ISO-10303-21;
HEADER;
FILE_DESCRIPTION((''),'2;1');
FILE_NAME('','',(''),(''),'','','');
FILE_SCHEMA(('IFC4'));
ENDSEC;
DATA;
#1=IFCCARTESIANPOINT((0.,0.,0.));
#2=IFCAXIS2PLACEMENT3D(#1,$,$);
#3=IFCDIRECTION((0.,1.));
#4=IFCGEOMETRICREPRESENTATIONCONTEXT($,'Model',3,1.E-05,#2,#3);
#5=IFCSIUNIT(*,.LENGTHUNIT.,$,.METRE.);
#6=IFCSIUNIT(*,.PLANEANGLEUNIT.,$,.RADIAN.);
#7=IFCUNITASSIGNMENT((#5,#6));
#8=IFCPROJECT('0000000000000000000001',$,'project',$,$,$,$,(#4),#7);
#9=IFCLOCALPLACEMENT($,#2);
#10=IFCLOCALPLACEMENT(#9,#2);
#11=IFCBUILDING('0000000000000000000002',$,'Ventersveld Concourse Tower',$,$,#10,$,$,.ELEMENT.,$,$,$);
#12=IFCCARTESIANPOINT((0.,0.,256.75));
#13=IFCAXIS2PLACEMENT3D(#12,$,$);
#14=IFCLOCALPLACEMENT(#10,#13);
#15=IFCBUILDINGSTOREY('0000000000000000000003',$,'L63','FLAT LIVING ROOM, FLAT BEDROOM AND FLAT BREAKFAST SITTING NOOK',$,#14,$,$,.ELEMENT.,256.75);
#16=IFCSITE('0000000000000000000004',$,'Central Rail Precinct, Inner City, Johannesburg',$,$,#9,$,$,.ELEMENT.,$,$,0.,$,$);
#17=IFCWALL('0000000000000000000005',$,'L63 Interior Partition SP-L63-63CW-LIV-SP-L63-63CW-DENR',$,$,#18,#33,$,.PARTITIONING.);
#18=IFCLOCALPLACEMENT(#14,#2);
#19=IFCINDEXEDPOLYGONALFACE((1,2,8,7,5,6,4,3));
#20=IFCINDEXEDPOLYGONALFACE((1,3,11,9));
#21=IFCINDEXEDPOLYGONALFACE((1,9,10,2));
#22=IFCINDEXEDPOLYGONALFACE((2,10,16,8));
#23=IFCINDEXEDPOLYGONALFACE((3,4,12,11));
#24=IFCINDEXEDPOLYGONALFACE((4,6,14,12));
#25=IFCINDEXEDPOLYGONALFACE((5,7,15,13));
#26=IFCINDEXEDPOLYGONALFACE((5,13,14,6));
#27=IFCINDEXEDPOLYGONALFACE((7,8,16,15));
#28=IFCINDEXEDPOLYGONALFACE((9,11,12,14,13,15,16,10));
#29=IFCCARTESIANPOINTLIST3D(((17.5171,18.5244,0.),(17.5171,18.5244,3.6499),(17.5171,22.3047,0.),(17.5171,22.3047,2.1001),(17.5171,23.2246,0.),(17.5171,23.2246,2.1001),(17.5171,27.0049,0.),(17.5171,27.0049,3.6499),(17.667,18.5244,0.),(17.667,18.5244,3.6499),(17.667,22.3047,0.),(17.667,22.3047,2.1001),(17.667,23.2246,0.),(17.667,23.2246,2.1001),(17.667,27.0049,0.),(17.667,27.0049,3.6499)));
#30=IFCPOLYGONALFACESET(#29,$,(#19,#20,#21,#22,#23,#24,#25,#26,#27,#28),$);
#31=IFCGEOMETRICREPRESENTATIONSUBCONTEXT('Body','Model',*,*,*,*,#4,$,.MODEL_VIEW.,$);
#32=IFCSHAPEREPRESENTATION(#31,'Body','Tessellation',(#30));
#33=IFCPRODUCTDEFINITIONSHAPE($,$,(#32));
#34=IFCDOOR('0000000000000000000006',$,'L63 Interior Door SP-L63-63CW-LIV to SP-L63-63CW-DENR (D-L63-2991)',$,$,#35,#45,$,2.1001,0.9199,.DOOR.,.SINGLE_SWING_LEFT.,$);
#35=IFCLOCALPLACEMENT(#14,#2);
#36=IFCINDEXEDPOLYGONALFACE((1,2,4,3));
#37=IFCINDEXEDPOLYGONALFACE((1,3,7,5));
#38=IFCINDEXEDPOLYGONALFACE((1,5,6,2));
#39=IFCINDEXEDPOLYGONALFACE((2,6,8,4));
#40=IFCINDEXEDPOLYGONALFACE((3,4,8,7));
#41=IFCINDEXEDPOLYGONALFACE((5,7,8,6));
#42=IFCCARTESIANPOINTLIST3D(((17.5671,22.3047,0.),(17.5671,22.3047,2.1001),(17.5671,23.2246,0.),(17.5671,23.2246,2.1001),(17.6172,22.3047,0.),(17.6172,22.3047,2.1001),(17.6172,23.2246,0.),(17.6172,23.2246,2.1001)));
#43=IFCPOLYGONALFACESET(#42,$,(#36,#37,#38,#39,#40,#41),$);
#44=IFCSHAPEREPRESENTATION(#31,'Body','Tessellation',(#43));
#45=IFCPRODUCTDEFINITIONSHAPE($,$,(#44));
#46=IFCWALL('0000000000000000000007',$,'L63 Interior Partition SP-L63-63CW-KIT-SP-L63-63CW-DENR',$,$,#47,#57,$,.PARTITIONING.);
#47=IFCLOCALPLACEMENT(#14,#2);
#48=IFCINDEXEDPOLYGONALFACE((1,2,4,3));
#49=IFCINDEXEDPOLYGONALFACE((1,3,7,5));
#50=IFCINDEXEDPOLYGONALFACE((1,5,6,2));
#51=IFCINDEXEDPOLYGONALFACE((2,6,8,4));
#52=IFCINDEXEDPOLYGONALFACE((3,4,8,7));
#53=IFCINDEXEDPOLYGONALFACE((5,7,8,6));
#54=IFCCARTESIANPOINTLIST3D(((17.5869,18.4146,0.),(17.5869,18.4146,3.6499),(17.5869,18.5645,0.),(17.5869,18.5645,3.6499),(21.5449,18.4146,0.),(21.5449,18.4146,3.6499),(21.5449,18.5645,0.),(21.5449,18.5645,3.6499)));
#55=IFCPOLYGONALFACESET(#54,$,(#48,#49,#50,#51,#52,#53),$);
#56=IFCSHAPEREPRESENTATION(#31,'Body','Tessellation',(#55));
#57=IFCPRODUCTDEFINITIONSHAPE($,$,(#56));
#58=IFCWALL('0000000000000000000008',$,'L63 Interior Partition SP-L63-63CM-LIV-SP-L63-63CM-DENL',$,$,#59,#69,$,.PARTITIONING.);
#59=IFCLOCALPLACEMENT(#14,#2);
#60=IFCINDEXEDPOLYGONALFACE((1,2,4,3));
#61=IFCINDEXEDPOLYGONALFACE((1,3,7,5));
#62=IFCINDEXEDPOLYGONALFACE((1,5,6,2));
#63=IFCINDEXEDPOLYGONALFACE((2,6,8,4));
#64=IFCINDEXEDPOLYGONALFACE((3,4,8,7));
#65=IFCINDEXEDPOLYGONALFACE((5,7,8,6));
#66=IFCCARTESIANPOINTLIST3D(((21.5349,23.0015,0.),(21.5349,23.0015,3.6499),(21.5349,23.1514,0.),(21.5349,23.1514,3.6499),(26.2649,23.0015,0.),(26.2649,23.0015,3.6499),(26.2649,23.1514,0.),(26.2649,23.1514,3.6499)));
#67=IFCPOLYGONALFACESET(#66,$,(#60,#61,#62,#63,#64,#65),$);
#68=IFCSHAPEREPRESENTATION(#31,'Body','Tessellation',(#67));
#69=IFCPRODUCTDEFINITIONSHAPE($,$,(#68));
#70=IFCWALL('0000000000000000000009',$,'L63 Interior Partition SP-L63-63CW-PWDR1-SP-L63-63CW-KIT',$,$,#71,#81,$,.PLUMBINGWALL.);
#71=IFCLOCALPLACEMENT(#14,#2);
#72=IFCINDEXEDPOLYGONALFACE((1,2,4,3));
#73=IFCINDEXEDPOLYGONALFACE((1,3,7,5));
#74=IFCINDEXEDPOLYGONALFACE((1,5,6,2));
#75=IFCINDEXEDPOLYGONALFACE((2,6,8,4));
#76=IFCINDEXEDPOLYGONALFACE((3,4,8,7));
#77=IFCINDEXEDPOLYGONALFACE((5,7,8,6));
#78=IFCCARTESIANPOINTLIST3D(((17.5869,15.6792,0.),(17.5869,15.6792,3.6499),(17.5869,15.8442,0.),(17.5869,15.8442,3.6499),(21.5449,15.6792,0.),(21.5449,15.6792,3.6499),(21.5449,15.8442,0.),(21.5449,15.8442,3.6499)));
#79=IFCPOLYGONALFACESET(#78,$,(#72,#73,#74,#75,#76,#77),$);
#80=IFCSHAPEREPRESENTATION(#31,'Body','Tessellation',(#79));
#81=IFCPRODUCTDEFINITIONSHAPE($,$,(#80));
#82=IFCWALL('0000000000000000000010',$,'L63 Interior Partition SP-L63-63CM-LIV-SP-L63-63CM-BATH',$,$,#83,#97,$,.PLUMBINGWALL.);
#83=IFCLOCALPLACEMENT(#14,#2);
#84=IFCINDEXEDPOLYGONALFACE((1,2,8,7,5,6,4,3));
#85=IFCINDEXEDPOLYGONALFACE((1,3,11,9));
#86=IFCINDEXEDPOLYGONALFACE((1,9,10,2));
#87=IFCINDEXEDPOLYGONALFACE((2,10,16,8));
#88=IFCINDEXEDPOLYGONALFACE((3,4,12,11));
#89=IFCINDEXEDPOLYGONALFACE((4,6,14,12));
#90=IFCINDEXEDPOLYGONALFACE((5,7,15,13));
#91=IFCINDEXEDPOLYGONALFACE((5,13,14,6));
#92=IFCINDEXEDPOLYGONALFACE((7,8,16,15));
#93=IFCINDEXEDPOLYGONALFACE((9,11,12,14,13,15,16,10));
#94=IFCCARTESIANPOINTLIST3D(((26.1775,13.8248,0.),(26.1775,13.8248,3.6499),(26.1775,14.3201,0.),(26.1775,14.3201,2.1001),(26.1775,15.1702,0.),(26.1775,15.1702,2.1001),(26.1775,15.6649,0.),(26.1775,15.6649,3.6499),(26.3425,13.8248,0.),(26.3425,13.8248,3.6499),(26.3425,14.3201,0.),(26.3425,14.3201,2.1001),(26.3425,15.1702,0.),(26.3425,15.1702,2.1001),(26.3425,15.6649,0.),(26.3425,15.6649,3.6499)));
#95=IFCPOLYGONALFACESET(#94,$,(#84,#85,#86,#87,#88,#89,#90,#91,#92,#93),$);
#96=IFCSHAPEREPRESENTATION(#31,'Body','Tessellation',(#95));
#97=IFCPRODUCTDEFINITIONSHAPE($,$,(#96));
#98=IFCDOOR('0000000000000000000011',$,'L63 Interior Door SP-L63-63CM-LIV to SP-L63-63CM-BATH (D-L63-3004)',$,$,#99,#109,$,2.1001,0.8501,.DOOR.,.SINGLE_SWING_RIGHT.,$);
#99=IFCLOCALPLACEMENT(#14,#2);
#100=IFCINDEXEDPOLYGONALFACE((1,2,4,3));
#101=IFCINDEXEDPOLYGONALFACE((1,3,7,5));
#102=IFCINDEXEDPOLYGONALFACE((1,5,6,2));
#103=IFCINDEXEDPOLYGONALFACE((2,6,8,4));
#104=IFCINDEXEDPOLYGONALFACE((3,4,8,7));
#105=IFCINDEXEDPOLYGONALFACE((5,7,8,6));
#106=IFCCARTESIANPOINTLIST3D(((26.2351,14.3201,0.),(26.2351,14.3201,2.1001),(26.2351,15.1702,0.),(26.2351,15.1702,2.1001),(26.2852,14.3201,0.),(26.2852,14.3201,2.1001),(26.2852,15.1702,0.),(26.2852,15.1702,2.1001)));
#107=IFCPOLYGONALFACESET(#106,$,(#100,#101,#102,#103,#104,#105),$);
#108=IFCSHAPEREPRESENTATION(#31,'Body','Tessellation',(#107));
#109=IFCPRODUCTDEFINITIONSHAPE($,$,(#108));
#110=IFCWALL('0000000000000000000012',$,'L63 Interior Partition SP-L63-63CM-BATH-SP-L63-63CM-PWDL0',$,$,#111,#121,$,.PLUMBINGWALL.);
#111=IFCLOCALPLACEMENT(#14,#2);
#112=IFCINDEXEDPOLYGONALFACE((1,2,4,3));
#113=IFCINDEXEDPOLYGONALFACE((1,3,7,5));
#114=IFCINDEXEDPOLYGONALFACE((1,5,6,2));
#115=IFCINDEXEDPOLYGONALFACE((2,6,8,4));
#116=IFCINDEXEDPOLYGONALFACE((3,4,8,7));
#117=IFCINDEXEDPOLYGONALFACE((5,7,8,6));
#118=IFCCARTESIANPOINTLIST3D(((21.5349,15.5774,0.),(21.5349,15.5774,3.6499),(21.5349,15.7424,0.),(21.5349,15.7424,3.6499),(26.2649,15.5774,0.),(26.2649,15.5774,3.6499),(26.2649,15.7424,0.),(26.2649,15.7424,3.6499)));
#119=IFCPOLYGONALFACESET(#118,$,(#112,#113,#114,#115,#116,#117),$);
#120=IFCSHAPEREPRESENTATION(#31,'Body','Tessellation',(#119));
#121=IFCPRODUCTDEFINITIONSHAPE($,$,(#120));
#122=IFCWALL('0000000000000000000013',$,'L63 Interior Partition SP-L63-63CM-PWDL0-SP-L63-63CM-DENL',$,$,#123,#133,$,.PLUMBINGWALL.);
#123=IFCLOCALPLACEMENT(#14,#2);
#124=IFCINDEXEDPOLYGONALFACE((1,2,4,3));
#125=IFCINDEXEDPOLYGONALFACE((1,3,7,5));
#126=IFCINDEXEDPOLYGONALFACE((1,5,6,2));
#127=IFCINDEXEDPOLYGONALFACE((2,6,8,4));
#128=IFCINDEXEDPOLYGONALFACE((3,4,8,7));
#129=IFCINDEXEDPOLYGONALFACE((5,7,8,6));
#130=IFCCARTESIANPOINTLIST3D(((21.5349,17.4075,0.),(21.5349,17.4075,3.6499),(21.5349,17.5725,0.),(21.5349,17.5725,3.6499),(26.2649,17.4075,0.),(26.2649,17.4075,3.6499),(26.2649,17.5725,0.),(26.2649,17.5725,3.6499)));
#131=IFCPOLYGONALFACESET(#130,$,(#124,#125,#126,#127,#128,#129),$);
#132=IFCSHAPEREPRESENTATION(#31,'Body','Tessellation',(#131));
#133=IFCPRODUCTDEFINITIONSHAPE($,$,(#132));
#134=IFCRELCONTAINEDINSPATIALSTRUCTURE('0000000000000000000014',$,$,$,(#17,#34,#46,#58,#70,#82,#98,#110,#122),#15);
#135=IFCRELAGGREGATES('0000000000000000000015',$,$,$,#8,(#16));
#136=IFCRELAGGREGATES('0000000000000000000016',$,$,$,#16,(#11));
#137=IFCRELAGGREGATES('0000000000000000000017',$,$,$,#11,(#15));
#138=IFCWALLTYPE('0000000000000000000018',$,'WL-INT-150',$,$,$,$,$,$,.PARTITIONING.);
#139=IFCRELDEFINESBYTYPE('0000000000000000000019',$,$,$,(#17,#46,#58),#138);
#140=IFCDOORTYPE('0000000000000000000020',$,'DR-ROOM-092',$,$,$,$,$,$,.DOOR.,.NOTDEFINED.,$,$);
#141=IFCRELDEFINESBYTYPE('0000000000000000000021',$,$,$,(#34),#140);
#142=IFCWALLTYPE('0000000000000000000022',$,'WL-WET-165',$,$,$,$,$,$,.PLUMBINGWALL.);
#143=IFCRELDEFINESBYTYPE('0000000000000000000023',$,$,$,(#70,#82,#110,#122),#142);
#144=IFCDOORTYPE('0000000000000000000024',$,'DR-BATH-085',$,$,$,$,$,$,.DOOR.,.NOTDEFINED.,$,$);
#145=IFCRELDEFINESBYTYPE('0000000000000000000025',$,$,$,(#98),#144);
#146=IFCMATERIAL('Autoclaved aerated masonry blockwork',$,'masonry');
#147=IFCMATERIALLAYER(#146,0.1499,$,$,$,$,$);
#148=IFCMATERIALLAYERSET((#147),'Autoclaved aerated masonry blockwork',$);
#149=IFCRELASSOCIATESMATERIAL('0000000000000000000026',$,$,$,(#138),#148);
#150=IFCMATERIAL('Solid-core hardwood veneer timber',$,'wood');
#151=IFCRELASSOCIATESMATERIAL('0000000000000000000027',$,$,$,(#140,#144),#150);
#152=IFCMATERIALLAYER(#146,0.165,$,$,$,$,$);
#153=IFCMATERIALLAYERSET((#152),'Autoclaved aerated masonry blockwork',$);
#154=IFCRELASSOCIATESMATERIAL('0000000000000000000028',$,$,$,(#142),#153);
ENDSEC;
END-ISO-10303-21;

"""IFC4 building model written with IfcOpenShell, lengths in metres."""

from ifc_helpers import new_model, si_unit, direction, frame, frame_2d, origin, place, context, subcontext, project, spatial, rectangle, extrude, material, layer, layer_set, type_object, element, fill, save


model = new_model("IFC4")

# Units and contexts
model_context = context("Model", 3, precision=1e-05, world=origin(), true_north=direction((0.0, 1.0)))
body_context = subcontext(model_context, "Body", "Model", "MODEL_VIEW")
ifc_project = project(units=[si_unit("LENGTHUNIT", "METRE"), si_unit("PLANEANGLEUNIT", "RADIAN")], contexts=[model_context])

# Site, building, storey
site_placement = place(None, origin())
site = spatial("IfcSite", under=ifc_project, at=site_placement, Name="Central Rail Precinct, Inner City, Johannesburg", CompositionType="ELEMENT", RefElevation=0.0)
building_placement = place(site_placement, origin())
building = spatial("IfcBuilding", under=site, at=building_placement, Name="Ventersveld Concourse Tower", CompositionType="ELEMENT")
storey_placement = place(building_placement, frame((0.0, 0.0, 256.75)))
storey = spatial("IfcBuildingStorey", under=building, at=storey_placement, Name="L63", Description="FLAT LIVING ROOM, FLAT BEDROOM AND FLAT BREAKFAST SITTING NOOK", CompositionType="ELEMENT", Elevation=256.75)

# Shared definitions
ifc_material_1 = material(Name="Solid-core hardwood veneer timber", Category="wood")

# Shared definitions
ifc_material_2 = material(Name="Autoclaved aerated masonry blockwork", Category="masonry")
ifc_layer_1 = layer(ifc_material_2, 0.1499)
ifc_layer_set_1 = layer_set([ifc_layer_1], Name="Autoclaved aerated masonry blockwork")
wall_type_1 = type_object("IfcWallType", Name="WL-INT-150", PredefinedType="PARTITIONING", material=ifc_layer_set_1)

# Wall, opening, door
door_type_1 = type_object("IfcDoorType", Name="DR-ROOM-092", OperationType="NOTDEFINED", PredefinedType="DOOR", material=ifc_material_1)
wall_1_placement = place(storey_placement, frame((17.592, 18.5244, 0.0), z_axis=(0.0, 0.0, 1.0), x_axis=(0.0, 1.0, 0.0)))
wall_1 = element("IfcWall", 1, at=wall_1_placement, inside=storey, type_object=wall_type_1, Name="L63 Interior Partition SP-L63-63CW-LIV-SP-L63-63CW-DENR", PredefinedType="PARTITIONING", context=body_context, shape_type="SweptSolid", body=[
    extrude(rectangle(XDim=8.4805, YDim=0.1499, at=frame_2d((4.2402, 0.0))), origin(), (0.0, 0.0, 1.0), 3.6499),
])
opening_1_placement = place(wall_1_placement, frame((3.7803, 0.0, 0.0)))
opening_1 = element("IfcOpeningElement", 2, at=opening_1_placement, cuts=wall_1, PredefinedType="OPENING", context=body_context, shape_type="SweptSolid", body=[
    extrude(rectangle(XDim=0.9199, YDim=2.1001, at=frame_2d((0.46, 1.05))), frame((0.0, 0.085, 0.0), z_axis=(0.0, -1.0, 0.0), x_axis=(1.0, 0.0, 0.0)), (0.0, 0.0, 1.0), 0.1699),
])
door_1_placement = place(opening_1_placement, origin())
door_1 = element("IfcDoor", 3, at=door_1_placement, inside=storey, type_object=door_type_1, Name="L63 Interior Door SP-L63-63CW-LIV to SP-L63-63CW-DENR (D-L63-2991)", OperationType="SINGLE_SWING_LEFT", OverallHeight=2.1001, OverallWidth=0.9199, PredefinedType="DOOR", context=body_context, shape_type="SweptSolid", body=[
    extrude(rectangle(XDim=0.9199, YDim=2.1001, at=frame_2d((0.46, 1.05))), frame((0.0, 0.0249, 0.0), z_axis=(0.0, -1.0, 0.0), x_axis=(1.0, 0.0, 0.0)), (0.0, 0.0, 1.0), 0.05),
])
fill(opening_1, door_1)

# Walls
wall_2_placement = place(storey_placement, frame((17.5869, 18.4895, 0.0), z_axis=(0.0, 0.0, 1.0), x_axis=(1.0, 0.0, 0.0)))
element("IfcWall", 4, at=wall_2_placement, inside=storey, type_object=wall_type_1, Name="L63 Interior Partition SP-L63-63CW-KIT-SP-L63-63CW-DENR", PredefinedType="PARTITIONING", context=body_context, shape_type="SweptSolid", body=[
    extrude(rectangle(XDim=3.958, YDim=0.1499, at=frame_2d((1.979, 0.0))), origin(), (0.0, 0.0, 1.0), 3.6499),
])
wall_3_placement = place(storey_placement, frame((21.5349, 23.0764, 0.0), z_axis=(0.0, 0.0, 1.0), x_axis=(1.0, 0.0, 0.0)))
element("IfcWall", 5, at=wall_3_placement, inside=storey, type_object=wall_type_1, Name="L63 Interior Partition SP-L63-63CM-LIV-SP-L63-63CM-DENL", PredefinedType="PARTITIONING", context=body_context, shape_type="SweptSolid", body=[
    extrude(rectangle(XDim=4.73, YDim=0.1499, at=frame_2d((2.365, 0.0))), origin(), (0.0, 0.0, 1.0), 3.6499),
])
ifc_layer_2 = layer(ifc_material_2, 0.165)
ifc_layer_set_2 = layer_set([ifc_layer_2], Name="Autoclaved aerated masonry blockwork")
wall_type_2 = type_object("IfcWallType", Name="WL-WET-165", PredefinedType="PLUMBINGWALL", material=ifc_layer_set_2)
wall_4_placement = place(storey_placement, frame((17.5869, 15.7617, 0.0), z_axis=(0.0, 0.0, 1.0), x_axis=(1.0, 0.0, 0.0)))
element("IfcWall", 6, at=wall_4_placement, inside=storey, type_object=wall_type_2, Name="L63 Interior Partition SP-L63-63CW-PWDR1-SP-L63-63CW-KIT", PredefinedType="PLUMBINGWALL", context=body_context, shape_type="SweptSolid", body=[
    extrude(rectangle(XDim=3.958, YDim=0.165, at=frame_2d((1.979, 0.0))), origin(), (0.0, 0.0, 1.0), 3.6499),
])

# Wall, opening, door
wall_5_placement = place(storey_placement, frame((26.26, 13.825, 0.0), z_axis=(0.0, 0.0, 1.0), x_axis=(0.0, 1.0, 0.0)))
wall_5 = element("IfcWall", 7, at=wall_5_placement, inside=storey, type_object=wall_type_2, Name="L63 Interior Partition SP-L63-63CM-LIV-SP-L63-63CM-BATH", PredefinedType="PLUMBINGWALL", context=body_context, shape_type="SweptSolid", body=[
    extrude(rectangle(XDim=1.8401, YDim=0.165, at=frame_2d((0.9199, 0.0))), origin(), (0.0, 0.0, 1.0), 3.6499),
])
opening_2_placement = place(wall_5_placement, frame((0.4951, 0.0, 0.0)))
opening_2 = element("IfcOpeningElement", 8, at=opening_2_placement, cuts=wall_5, PredefinedType="OPENING", context=body_context, shape_type="SweptSolid", body=[
    extrude(rectangle(XDim=0.8501, YDim=2.1001, at=frame_2d((0.425, 1.05))), frame((0.0, 0.0925, 0.0), z_axis=(0.0, -1.0, 0.0), x_axis=(1.0, 0.0, 0.0)), (0.0, 0.0, 1.0), 0.1851),
])
door_type_2 = type_object("IfcDoorType", Name="DR-BATH-085", OperationType="NOTDEFINED", PredefinedType="DOOR", material=ifc_material_1)
door_2_placement = place(opening_2_placement, origin())
door_2 = element("IfcDoor", 9, at=door_2_placement, inside=storey, type_object=door_type_2, Name="L63 Interior Door SP-L63-63CM-LIV to SP-L63-63CM-BATH (D-L63-3004)", OperationType="SINGLE_SWING_RIGHT", OverallHeight=2.1001, OverallWidth=0.8501, PredefinedType="DOOR", context=body_context, shape_type="SweptSolid", body=[
    extrude(rectangle(XDim=0.8501, YDim=2.1001, at=frame_2d((0.425, 1.05))), frame((0.0, 0.0249, 0.0), z_axis=(0.0, -1.0, 0.0), x_axis=(1.0, 0.0, 0.0)), (0.0, 0.0, 1.0), 0.05),
])
fill(opening_2, door_2)

# Walls
for number, where, z_axis, x_axis, name in (
    (10, (21.5349, 15.6599, 0.0), (0.0, 0.0, 1.0), (1.0, 0.0, 0.0), "L63 Interior Partition SP-L63-63CM-BATH-SP-L63-63CM-PWDL0"),
    (11, (21.5349, 17.49, 0.0), (0.0, 0.0, 1.0), (1.0, 0.0, 0.0), "L63 Interior Partition SP-L63-63CM-PWDL0-SP-L63-63CM-DENL"),
):
    element("IfcWall", number, at=place(storey_placement, frame(where, z_axis=z_axis, x_axis=x_axis)), inside=storey, type_object=wall_type_2, Name=name, PredefinedType="PLUMBINGWALL", context=body_context, shape_type="SweptSolid", body=[
        extrude(rectangle(XDim=4.73, YDim=0.165, at=frame_2d((2.365, 0.0))), origin(), (0.0, 0.0, 1.0), 3.6499),
    ])

save(model, "model.ifc")
